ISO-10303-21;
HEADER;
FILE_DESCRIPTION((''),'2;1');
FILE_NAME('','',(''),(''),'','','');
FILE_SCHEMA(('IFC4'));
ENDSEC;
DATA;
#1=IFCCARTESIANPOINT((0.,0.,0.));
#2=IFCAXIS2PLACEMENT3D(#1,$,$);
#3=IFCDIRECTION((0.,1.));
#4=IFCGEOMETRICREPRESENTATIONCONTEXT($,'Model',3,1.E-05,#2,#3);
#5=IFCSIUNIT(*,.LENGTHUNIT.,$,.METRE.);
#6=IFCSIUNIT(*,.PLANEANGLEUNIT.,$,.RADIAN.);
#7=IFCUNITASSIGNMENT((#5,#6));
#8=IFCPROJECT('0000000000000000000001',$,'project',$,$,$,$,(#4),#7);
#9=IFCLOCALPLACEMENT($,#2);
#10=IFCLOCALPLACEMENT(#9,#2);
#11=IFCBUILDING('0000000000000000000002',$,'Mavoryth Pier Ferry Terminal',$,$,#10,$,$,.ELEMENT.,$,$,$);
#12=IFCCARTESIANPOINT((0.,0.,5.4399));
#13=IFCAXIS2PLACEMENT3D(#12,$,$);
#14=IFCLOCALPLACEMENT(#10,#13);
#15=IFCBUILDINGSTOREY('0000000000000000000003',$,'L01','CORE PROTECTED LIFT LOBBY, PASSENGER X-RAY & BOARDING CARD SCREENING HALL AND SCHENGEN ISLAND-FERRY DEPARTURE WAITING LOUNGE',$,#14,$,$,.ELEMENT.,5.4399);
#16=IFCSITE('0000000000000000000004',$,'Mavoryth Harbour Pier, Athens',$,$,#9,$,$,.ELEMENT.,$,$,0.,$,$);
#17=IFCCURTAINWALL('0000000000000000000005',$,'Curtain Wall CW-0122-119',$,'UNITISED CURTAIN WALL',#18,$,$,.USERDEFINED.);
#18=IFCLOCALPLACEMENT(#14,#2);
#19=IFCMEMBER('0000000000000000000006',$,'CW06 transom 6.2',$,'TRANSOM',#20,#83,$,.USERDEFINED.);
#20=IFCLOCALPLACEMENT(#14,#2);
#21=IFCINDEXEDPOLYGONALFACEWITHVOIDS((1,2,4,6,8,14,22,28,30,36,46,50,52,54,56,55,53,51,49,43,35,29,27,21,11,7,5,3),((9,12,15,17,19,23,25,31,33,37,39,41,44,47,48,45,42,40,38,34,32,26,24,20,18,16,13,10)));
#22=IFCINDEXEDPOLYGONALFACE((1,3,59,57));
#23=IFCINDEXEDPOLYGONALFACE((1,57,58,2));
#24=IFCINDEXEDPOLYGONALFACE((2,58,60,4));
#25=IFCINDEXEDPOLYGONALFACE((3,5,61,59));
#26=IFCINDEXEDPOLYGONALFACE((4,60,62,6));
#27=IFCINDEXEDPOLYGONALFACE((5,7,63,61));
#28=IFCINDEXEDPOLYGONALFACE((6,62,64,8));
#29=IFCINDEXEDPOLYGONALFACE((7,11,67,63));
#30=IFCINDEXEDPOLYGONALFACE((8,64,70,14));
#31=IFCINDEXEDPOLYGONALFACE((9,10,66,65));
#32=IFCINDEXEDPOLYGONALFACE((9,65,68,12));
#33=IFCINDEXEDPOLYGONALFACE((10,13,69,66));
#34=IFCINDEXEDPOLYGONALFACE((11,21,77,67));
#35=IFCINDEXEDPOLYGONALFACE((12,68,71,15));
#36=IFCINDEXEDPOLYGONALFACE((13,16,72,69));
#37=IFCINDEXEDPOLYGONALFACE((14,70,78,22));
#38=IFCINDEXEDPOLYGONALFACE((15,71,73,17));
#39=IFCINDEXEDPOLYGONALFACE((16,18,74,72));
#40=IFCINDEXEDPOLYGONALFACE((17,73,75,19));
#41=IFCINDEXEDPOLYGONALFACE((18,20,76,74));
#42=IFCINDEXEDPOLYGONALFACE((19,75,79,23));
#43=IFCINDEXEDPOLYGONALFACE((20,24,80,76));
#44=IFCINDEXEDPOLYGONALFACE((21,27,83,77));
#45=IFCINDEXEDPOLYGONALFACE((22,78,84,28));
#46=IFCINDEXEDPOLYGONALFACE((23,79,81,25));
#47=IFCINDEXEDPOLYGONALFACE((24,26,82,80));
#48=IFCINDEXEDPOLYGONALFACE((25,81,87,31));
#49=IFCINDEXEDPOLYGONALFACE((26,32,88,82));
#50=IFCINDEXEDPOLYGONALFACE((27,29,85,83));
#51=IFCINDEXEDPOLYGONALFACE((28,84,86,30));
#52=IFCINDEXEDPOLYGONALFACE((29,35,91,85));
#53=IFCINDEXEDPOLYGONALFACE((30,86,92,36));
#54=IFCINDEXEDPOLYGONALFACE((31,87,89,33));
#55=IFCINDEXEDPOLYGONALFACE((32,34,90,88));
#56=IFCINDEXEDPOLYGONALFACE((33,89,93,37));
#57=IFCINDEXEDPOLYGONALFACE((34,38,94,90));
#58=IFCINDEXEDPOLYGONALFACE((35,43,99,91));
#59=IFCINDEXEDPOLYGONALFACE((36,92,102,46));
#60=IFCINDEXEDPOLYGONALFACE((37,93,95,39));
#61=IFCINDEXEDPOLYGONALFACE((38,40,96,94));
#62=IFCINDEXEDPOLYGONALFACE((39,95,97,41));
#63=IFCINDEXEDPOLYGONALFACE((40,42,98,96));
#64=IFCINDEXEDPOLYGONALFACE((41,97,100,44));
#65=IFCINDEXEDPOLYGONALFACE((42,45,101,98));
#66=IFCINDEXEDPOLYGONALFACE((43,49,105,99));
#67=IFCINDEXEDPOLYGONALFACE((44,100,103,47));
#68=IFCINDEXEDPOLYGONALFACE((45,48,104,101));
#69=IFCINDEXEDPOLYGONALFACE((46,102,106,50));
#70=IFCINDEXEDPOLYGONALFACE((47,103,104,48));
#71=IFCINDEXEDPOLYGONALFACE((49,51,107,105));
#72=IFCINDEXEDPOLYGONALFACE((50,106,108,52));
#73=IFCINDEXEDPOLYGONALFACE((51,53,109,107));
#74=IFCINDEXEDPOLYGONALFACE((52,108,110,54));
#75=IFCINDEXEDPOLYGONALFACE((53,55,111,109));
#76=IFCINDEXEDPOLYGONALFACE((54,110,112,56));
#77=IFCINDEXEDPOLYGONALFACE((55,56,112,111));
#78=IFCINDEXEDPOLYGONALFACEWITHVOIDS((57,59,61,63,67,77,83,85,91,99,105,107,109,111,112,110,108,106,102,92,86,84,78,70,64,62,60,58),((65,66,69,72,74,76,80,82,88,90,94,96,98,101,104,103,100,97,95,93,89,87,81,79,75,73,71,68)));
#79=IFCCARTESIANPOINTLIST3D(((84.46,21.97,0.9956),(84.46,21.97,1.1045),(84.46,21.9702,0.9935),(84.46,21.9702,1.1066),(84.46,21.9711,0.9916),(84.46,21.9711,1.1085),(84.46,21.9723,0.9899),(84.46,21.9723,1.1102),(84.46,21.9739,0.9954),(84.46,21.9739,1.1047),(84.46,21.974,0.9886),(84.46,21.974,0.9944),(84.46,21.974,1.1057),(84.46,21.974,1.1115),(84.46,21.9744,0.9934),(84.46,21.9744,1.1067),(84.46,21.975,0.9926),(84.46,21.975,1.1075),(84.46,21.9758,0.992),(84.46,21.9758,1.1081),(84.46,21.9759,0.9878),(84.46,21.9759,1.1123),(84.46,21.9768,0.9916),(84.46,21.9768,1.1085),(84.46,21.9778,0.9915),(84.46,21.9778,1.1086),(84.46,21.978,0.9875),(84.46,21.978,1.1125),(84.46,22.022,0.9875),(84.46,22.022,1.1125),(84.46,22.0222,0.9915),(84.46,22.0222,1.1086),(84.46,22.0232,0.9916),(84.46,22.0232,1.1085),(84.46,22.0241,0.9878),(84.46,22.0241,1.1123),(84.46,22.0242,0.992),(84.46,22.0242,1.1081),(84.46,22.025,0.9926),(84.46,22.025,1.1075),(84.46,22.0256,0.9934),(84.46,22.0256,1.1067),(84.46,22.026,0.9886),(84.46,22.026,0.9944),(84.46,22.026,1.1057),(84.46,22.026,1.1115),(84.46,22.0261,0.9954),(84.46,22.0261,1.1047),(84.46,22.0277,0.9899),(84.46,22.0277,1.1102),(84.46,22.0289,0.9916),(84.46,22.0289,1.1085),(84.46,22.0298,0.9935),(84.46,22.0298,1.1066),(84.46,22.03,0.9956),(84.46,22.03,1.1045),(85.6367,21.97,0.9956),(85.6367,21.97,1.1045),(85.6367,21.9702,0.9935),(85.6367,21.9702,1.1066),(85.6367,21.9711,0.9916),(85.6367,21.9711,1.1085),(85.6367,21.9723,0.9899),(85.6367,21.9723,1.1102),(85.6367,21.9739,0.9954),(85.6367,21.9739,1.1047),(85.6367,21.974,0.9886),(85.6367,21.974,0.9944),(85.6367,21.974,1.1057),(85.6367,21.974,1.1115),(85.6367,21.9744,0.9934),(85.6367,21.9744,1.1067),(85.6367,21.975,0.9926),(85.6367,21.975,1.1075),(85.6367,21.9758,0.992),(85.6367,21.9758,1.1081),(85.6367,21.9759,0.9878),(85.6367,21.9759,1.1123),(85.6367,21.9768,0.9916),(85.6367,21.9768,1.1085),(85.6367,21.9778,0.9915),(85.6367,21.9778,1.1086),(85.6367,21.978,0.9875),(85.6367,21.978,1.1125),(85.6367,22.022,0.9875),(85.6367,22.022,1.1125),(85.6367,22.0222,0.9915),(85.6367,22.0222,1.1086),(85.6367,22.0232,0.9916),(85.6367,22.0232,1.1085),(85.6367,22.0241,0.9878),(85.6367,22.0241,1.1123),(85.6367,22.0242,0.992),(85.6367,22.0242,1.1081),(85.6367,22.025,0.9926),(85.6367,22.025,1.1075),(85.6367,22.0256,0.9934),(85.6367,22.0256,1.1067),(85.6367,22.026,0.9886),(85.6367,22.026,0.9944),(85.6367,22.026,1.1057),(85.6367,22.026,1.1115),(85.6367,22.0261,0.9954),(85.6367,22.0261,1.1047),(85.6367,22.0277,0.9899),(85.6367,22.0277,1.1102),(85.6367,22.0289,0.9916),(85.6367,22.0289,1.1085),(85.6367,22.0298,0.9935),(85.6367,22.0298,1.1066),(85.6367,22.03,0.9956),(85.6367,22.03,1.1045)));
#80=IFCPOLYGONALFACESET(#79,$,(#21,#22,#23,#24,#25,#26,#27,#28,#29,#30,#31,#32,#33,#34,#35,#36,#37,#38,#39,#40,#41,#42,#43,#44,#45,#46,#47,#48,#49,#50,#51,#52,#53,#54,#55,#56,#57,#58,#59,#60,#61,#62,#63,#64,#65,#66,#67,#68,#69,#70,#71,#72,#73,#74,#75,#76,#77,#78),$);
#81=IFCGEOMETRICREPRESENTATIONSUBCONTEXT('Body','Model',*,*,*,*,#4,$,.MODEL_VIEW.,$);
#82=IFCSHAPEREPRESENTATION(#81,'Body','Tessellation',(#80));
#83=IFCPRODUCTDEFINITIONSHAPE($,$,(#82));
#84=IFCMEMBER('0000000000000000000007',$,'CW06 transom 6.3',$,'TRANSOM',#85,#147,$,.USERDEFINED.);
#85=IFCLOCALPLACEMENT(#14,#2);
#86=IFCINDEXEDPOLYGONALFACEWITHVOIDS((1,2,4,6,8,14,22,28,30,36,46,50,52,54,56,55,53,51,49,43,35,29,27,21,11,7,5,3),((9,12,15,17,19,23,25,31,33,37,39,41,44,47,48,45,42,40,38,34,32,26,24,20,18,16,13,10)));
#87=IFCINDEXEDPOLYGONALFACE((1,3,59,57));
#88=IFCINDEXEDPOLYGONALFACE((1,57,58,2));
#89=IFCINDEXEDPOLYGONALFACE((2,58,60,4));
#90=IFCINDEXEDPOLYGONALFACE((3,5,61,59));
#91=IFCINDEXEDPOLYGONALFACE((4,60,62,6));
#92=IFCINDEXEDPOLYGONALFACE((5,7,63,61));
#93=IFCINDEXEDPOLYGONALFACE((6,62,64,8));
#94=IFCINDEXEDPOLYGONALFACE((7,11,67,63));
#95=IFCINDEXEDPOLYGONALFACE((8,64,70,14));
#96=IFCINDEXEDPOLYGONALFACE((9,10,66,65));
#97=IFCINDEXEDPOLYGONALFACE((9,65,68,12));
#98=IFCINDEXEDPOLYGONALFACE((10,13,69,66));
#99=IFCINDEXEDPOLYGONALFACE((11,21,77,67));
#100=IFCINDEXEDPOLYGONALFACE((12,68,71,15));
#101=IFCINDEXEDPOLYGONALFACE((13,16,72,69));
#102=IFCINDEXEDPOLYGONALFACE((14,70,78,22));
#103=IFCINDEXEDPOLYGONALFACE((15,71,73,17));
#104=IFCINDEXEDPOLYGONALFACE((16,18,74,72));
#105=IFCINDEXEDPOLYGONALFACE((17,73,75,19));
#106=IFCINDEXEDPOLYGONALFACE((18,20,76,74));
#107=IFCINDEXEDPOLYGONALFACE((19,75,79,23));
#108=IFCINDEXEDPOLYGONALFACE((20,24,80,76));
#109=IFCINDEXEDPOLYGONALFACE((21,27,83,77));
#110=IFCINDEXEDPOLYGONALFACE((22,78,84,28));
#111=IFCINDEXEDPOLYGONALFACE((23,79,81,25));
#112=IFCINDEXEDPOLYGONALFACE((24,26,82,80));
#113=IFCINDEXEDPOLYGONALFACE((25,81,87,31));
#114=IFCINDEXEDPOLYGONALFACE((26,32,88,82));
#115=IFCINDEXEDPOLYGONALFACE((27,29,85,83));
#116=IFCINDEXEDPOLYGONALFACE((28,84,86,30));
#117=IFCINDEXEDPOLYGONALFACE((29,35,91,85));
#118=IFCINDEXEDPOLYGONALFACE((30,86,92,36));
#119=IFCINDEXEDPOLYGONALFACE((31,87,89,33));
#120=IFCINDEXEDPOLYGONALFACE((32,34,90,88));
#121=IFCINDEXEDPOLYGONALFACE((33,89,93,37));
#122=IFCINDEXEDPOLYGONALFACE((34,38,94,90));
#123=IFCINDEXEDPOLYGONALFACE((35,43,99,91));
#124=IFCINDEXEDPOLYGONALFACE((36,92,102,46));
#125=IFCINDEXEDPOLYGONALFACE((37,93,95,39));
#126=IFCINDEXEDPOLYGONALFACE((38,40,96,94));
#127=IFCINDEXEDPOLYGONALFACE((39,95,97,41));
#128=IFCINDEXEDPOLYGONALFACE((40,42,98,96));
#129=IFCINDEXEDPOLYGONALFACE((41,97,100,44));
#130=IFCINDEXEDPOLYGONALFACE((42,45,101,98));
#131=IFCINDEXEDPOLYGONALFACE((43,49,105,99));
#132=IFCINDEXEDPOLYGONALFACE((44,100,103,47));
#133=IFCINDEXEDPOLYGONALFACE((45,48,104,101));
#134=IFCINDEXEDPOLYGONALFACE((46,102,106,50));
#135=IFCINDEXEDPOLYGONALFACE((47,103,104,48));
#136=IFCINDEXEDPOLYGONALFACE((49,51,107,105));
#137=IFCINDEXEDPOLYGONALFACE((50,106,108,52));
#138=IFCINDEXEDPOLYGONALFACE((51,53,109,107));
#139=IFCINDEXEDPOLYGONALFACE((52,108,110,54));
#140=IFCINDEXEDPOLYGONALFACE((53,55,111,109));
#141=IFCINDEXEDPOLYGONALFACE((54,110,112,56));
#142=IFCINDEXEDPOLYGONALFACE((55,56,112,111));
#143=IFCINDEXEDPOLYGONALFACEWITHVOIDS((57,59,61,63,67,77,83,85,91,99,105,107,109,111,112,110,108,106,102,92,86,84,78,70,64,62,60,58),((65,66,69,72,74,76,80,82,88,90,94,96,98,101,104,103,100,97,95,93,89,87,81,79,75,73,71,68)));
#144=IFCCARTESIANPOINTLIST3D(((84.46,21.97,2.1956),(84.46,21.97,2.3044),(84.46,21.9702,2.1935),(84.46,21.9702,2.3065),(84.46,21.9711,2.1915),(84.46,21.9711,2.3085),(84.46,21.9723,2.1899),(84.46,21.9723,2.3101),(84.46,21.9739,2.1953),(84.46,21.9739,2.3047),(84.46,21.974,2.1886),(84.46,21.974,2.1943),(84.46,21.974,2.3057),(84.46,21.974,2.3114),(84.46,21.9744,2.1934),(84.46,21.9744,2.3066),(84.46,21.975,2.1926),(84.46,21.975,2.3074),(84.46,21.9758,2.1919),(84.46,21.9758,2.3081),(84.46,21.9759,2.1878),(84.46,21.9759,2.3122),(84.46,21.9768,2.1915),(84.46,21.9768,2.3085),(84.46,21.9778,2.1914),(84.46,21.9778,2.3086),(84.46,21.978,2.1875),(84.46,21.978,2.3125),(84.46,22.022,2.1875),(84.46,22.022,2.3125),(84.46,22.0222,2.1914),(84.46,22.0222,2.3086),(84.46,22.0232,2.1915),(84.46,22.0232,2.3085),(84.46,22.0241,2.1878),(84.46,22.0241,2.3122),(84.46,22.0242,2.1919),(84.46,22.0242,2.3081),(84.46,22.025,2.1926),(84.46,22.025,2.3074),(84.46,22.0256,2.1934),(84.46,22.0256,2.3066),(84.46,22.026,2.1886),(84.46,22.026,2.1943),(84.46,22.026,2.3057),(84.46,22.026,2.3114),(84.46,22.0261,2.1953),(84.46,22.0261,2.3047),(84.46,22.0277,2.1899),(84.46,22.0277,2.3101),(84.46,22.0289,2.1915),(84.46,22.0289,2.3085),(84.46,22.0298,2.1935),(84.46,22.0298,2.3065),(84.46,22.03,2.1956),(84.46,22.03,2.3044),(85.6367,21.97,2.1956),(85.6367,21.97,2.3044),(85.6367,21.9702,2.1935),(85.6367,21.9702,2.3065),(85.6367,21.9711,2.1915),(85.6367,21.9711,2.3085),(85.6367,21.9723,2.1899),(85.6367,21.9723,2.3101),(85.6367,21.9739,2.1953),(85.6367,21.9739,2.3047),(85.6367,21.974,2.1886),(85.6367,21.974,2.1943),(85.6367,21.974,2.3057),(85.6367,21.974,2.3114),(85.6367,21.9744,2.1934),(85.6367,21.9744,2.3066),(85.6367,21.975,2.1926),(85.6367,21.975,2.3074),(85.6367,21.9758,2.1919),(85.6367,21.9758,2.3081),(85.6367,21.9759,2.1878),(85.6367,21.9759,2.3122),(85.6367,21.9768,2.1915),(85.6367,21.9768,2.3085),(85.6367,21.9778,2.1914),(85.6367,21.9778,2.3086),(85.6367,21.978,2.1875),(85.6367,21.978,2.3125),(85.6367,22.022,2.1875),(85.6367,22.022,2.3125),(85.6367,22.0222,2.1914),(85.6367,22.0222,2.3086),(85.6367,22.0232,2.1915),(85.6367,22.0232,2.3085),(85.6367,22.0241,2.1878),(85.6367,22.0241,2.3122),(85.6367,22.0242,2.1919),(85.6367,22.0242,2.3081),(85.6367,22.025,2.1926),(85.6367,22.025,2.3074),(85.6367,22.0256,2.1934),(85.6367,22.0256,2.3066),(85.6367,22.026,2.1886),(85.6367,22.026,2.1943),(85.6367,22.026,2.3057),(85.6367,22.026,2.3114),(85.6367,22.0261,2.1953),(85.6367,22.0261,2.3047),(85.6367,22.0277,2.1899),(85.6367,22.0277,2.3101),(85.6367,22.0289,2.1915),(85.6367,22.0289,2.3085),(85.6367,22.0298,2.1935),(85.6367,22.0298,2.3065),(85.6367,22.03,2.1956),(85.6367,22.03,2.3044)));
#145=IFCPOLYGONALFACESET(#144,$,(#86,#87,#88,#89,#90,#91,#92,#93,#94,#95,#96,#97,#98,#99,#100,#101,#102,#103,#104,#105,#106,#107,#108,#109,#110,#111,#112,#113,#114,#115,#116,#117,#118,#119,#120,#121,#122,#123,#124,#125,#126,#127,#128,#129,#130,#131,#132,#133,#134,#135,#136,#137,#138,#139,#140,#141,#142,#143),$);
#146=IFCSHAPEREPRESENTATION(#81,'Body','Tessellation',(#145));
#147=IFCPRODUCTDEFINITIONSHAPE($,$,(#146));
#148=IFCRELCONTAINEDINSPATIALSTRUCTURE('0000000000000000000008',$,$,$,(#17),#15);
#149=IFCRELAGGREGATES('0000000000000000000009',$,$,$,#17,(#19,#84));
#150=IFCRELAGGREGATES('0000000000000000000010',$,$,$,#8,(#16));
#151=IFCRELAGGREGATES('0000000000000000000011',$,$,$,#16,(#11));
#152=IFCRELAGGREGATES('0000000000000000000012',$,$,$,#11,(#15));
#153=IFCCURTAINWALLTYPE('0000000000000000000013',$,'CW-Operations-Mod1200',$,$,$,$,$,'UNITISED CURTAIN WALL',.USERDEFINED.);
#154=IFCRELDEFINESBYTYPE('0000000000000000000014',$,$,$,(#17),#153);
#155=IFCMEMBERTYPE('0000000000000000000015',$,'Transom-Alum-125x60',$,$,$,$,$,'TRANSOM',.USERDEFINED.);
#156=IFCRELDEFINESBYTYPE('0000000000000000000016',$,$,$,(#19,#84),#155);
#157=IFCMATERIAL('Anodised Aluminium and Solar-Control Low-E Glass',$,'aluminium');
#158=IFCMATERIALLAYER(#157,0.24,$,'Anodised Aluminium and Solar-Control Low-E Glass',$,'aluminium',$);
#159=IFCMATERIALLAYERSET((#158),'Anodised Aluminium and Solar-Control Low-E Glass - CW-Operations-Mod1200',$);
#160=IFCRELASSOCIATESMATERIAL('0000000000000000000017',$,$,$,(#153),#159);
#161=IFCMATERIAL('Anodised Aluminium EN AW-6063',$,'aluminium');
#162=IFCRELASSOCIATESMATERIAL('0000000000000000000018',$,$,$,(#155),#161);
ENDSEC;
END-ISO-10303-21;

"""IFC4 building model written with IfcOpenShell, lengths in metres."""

from ifc_helpers import new_model, si_unit, direction, frame, origin, origin_2d, place, context, subcontext, project, spatial, hollow_rectangle, extrude, material, layer, layer_set, material_profile, profile_set, type_object, element, aggregate, save


model = new_model("IFC4")

# Units and contexts
model_context = context("Model", 3, precision=1e-05, world=origin(), true_north=direction((0.0, 1.0)))
body_context = subcontext(model_context, "Body", "Model", "MODEL_VIEW")
ifc_project = project(units=[si_unit("LENGTHUNIT", "METRE"), si_unit("PLANEANGLEUNIT", "RADIAN")], contexts=[model_context])

# Site, building, storey
site_placement = place(None, origin())
site = spatial("IfcSite", under=ifc_project, at=site_placement, Name="Mavoryth Harbour Pier, Athens", CompositionType="ELEMENT", RefElevation=0.0)
building_placement = place(site_placement, origin())
building = spatial("IfcBuilding", under=site, at=building_placement, Name="Mavoryth Pier Ferry Terminal", CompositionType="ELEMENT")
storey_placement = place(building_placement, frame((0.0, 0.0, 5.4399)))
storey = spatial("IfcBuildingStorey", under=building, at=storey_placement, Name="L01", Description="CORE PROTECTED LIFT LOBBY, PASSENGER X-RAY & BOARDING CARD SCREENING HALL AND SCHENGEN ISLAND-FERRY DEPARTURE WAITING LOUNGE", CompositionType="ELEMENT", Elevation=5.4399)

# Curtain wall
ifc_material_1 = material(Name="Anodised Aluminium and Solar-Control Low-E Glass", Category="aluminium")
ifc_layer_1 = layer(ifc_material_1, 0.24, Name="Anodised Aluminium and Solar-Control Low-E Glass", Category="aluminium")
ifc_layer_set_1 = layer_set([ifc_layer_1], Name="Anodised Aluminium and Solar-Control Low-E Glass - CW-Operations-Mod1200")
curtain_wall_type = type_object("IfcCurtainWallType", Name="CW-Operations-Mod1200", ElementType="UNITISED CURTAIN WALL", PredefinedType="USERDEFINED", material=ifc_layer_set_1)
ifc_material_2 = material(Name="Anodised Aluminium EN AW-6063", Category="aluminium")
curtain_wall_1_placement = place(storey_placement, origin())
curtain_wall_1 = element("IfcCurtainWall", 1, at=curtain_wall_1_placement, inside=storey, type_object=curtain_wall_type, Name="Curtain Wall CW-0122-119", ObjectType="UNITISED CURTAIN WALL", PredefinedType="USERDEFINED")

# Members
ifc_material_profile_1 = material_profile(ifc_material_2, hollow_rectangle(XDim=0.0601, YDim=0.125, WallThickness=0.0039, InnerFilletRadius=0.0039, OuterFilletRadius=0.0081, at=origin_2d()), Name="AL-TRAN 125x60x4", Category="aluminium")
ifc_profile_set_1 = profile_set([ifc_material_profile_1], Name="Anodised Aluminium EN AW-6063 - AL-TRAN 125x60x4")
member_type_1 = type_object("IfcMemberType", Name="Transom-Alum-125x60", ElementType="TRANSOM", PredefinedType="USERDEFINED", material=ifc_profile_set_1)
member_1_placement = place(storey_placement, frame((85.6367, 22.0, 1.05), z_axis=(-1.0, 0.0, 0.0), x_axis=(0.0, -1.0, 0.0)))
member_1 = element("IfcMember", 2, at=member_1_placement, type_object=member_type_1, Name="CW06 transom 6.2", ObjectType="TRANSOM", PredefinedType="USERDEFINED", context=body_context, shape_type="SweptSolid", body=[
    extrude(hollow_rectangle(XDim=0.0601, YDim=0.125, WallThickness=0.0039, InnerFilletRadius=0.0039, OuterFilletRadius=0.0081, at=origin_2d()), origin(), (0.0, 0.0, 1.0), 1.1768),
])
member_2_placement = place(storey_placement, frame((85.6367, 22.0, 2.25), z_axis=(-1.0, 0.0, 0.0), x_axis=(0.0, -1.0, 0.0)))
member_2 = element("IfcMember", 3, at=member_2_placement, type_object=member_type_1, Name="CW06 transom 6.3", ObjectType="TRANSOM", PredefinedType="USERDEFINED", context=body_context, shape_type="SweptSolid", body=[
    extrude(hollow_rectangle(XDim=0.0601, YDim=0.125, WallThickness=0.0039, InnerFilletRadius=0.0039, OuterFilletRadius=0.0081, at=origin_2d()), origin(), (0.0, 0.0, 1.0), 1.1768),
])

aggregate(curtain_wall_1, [member_1, member_2])

save(model, "model.ifc")
